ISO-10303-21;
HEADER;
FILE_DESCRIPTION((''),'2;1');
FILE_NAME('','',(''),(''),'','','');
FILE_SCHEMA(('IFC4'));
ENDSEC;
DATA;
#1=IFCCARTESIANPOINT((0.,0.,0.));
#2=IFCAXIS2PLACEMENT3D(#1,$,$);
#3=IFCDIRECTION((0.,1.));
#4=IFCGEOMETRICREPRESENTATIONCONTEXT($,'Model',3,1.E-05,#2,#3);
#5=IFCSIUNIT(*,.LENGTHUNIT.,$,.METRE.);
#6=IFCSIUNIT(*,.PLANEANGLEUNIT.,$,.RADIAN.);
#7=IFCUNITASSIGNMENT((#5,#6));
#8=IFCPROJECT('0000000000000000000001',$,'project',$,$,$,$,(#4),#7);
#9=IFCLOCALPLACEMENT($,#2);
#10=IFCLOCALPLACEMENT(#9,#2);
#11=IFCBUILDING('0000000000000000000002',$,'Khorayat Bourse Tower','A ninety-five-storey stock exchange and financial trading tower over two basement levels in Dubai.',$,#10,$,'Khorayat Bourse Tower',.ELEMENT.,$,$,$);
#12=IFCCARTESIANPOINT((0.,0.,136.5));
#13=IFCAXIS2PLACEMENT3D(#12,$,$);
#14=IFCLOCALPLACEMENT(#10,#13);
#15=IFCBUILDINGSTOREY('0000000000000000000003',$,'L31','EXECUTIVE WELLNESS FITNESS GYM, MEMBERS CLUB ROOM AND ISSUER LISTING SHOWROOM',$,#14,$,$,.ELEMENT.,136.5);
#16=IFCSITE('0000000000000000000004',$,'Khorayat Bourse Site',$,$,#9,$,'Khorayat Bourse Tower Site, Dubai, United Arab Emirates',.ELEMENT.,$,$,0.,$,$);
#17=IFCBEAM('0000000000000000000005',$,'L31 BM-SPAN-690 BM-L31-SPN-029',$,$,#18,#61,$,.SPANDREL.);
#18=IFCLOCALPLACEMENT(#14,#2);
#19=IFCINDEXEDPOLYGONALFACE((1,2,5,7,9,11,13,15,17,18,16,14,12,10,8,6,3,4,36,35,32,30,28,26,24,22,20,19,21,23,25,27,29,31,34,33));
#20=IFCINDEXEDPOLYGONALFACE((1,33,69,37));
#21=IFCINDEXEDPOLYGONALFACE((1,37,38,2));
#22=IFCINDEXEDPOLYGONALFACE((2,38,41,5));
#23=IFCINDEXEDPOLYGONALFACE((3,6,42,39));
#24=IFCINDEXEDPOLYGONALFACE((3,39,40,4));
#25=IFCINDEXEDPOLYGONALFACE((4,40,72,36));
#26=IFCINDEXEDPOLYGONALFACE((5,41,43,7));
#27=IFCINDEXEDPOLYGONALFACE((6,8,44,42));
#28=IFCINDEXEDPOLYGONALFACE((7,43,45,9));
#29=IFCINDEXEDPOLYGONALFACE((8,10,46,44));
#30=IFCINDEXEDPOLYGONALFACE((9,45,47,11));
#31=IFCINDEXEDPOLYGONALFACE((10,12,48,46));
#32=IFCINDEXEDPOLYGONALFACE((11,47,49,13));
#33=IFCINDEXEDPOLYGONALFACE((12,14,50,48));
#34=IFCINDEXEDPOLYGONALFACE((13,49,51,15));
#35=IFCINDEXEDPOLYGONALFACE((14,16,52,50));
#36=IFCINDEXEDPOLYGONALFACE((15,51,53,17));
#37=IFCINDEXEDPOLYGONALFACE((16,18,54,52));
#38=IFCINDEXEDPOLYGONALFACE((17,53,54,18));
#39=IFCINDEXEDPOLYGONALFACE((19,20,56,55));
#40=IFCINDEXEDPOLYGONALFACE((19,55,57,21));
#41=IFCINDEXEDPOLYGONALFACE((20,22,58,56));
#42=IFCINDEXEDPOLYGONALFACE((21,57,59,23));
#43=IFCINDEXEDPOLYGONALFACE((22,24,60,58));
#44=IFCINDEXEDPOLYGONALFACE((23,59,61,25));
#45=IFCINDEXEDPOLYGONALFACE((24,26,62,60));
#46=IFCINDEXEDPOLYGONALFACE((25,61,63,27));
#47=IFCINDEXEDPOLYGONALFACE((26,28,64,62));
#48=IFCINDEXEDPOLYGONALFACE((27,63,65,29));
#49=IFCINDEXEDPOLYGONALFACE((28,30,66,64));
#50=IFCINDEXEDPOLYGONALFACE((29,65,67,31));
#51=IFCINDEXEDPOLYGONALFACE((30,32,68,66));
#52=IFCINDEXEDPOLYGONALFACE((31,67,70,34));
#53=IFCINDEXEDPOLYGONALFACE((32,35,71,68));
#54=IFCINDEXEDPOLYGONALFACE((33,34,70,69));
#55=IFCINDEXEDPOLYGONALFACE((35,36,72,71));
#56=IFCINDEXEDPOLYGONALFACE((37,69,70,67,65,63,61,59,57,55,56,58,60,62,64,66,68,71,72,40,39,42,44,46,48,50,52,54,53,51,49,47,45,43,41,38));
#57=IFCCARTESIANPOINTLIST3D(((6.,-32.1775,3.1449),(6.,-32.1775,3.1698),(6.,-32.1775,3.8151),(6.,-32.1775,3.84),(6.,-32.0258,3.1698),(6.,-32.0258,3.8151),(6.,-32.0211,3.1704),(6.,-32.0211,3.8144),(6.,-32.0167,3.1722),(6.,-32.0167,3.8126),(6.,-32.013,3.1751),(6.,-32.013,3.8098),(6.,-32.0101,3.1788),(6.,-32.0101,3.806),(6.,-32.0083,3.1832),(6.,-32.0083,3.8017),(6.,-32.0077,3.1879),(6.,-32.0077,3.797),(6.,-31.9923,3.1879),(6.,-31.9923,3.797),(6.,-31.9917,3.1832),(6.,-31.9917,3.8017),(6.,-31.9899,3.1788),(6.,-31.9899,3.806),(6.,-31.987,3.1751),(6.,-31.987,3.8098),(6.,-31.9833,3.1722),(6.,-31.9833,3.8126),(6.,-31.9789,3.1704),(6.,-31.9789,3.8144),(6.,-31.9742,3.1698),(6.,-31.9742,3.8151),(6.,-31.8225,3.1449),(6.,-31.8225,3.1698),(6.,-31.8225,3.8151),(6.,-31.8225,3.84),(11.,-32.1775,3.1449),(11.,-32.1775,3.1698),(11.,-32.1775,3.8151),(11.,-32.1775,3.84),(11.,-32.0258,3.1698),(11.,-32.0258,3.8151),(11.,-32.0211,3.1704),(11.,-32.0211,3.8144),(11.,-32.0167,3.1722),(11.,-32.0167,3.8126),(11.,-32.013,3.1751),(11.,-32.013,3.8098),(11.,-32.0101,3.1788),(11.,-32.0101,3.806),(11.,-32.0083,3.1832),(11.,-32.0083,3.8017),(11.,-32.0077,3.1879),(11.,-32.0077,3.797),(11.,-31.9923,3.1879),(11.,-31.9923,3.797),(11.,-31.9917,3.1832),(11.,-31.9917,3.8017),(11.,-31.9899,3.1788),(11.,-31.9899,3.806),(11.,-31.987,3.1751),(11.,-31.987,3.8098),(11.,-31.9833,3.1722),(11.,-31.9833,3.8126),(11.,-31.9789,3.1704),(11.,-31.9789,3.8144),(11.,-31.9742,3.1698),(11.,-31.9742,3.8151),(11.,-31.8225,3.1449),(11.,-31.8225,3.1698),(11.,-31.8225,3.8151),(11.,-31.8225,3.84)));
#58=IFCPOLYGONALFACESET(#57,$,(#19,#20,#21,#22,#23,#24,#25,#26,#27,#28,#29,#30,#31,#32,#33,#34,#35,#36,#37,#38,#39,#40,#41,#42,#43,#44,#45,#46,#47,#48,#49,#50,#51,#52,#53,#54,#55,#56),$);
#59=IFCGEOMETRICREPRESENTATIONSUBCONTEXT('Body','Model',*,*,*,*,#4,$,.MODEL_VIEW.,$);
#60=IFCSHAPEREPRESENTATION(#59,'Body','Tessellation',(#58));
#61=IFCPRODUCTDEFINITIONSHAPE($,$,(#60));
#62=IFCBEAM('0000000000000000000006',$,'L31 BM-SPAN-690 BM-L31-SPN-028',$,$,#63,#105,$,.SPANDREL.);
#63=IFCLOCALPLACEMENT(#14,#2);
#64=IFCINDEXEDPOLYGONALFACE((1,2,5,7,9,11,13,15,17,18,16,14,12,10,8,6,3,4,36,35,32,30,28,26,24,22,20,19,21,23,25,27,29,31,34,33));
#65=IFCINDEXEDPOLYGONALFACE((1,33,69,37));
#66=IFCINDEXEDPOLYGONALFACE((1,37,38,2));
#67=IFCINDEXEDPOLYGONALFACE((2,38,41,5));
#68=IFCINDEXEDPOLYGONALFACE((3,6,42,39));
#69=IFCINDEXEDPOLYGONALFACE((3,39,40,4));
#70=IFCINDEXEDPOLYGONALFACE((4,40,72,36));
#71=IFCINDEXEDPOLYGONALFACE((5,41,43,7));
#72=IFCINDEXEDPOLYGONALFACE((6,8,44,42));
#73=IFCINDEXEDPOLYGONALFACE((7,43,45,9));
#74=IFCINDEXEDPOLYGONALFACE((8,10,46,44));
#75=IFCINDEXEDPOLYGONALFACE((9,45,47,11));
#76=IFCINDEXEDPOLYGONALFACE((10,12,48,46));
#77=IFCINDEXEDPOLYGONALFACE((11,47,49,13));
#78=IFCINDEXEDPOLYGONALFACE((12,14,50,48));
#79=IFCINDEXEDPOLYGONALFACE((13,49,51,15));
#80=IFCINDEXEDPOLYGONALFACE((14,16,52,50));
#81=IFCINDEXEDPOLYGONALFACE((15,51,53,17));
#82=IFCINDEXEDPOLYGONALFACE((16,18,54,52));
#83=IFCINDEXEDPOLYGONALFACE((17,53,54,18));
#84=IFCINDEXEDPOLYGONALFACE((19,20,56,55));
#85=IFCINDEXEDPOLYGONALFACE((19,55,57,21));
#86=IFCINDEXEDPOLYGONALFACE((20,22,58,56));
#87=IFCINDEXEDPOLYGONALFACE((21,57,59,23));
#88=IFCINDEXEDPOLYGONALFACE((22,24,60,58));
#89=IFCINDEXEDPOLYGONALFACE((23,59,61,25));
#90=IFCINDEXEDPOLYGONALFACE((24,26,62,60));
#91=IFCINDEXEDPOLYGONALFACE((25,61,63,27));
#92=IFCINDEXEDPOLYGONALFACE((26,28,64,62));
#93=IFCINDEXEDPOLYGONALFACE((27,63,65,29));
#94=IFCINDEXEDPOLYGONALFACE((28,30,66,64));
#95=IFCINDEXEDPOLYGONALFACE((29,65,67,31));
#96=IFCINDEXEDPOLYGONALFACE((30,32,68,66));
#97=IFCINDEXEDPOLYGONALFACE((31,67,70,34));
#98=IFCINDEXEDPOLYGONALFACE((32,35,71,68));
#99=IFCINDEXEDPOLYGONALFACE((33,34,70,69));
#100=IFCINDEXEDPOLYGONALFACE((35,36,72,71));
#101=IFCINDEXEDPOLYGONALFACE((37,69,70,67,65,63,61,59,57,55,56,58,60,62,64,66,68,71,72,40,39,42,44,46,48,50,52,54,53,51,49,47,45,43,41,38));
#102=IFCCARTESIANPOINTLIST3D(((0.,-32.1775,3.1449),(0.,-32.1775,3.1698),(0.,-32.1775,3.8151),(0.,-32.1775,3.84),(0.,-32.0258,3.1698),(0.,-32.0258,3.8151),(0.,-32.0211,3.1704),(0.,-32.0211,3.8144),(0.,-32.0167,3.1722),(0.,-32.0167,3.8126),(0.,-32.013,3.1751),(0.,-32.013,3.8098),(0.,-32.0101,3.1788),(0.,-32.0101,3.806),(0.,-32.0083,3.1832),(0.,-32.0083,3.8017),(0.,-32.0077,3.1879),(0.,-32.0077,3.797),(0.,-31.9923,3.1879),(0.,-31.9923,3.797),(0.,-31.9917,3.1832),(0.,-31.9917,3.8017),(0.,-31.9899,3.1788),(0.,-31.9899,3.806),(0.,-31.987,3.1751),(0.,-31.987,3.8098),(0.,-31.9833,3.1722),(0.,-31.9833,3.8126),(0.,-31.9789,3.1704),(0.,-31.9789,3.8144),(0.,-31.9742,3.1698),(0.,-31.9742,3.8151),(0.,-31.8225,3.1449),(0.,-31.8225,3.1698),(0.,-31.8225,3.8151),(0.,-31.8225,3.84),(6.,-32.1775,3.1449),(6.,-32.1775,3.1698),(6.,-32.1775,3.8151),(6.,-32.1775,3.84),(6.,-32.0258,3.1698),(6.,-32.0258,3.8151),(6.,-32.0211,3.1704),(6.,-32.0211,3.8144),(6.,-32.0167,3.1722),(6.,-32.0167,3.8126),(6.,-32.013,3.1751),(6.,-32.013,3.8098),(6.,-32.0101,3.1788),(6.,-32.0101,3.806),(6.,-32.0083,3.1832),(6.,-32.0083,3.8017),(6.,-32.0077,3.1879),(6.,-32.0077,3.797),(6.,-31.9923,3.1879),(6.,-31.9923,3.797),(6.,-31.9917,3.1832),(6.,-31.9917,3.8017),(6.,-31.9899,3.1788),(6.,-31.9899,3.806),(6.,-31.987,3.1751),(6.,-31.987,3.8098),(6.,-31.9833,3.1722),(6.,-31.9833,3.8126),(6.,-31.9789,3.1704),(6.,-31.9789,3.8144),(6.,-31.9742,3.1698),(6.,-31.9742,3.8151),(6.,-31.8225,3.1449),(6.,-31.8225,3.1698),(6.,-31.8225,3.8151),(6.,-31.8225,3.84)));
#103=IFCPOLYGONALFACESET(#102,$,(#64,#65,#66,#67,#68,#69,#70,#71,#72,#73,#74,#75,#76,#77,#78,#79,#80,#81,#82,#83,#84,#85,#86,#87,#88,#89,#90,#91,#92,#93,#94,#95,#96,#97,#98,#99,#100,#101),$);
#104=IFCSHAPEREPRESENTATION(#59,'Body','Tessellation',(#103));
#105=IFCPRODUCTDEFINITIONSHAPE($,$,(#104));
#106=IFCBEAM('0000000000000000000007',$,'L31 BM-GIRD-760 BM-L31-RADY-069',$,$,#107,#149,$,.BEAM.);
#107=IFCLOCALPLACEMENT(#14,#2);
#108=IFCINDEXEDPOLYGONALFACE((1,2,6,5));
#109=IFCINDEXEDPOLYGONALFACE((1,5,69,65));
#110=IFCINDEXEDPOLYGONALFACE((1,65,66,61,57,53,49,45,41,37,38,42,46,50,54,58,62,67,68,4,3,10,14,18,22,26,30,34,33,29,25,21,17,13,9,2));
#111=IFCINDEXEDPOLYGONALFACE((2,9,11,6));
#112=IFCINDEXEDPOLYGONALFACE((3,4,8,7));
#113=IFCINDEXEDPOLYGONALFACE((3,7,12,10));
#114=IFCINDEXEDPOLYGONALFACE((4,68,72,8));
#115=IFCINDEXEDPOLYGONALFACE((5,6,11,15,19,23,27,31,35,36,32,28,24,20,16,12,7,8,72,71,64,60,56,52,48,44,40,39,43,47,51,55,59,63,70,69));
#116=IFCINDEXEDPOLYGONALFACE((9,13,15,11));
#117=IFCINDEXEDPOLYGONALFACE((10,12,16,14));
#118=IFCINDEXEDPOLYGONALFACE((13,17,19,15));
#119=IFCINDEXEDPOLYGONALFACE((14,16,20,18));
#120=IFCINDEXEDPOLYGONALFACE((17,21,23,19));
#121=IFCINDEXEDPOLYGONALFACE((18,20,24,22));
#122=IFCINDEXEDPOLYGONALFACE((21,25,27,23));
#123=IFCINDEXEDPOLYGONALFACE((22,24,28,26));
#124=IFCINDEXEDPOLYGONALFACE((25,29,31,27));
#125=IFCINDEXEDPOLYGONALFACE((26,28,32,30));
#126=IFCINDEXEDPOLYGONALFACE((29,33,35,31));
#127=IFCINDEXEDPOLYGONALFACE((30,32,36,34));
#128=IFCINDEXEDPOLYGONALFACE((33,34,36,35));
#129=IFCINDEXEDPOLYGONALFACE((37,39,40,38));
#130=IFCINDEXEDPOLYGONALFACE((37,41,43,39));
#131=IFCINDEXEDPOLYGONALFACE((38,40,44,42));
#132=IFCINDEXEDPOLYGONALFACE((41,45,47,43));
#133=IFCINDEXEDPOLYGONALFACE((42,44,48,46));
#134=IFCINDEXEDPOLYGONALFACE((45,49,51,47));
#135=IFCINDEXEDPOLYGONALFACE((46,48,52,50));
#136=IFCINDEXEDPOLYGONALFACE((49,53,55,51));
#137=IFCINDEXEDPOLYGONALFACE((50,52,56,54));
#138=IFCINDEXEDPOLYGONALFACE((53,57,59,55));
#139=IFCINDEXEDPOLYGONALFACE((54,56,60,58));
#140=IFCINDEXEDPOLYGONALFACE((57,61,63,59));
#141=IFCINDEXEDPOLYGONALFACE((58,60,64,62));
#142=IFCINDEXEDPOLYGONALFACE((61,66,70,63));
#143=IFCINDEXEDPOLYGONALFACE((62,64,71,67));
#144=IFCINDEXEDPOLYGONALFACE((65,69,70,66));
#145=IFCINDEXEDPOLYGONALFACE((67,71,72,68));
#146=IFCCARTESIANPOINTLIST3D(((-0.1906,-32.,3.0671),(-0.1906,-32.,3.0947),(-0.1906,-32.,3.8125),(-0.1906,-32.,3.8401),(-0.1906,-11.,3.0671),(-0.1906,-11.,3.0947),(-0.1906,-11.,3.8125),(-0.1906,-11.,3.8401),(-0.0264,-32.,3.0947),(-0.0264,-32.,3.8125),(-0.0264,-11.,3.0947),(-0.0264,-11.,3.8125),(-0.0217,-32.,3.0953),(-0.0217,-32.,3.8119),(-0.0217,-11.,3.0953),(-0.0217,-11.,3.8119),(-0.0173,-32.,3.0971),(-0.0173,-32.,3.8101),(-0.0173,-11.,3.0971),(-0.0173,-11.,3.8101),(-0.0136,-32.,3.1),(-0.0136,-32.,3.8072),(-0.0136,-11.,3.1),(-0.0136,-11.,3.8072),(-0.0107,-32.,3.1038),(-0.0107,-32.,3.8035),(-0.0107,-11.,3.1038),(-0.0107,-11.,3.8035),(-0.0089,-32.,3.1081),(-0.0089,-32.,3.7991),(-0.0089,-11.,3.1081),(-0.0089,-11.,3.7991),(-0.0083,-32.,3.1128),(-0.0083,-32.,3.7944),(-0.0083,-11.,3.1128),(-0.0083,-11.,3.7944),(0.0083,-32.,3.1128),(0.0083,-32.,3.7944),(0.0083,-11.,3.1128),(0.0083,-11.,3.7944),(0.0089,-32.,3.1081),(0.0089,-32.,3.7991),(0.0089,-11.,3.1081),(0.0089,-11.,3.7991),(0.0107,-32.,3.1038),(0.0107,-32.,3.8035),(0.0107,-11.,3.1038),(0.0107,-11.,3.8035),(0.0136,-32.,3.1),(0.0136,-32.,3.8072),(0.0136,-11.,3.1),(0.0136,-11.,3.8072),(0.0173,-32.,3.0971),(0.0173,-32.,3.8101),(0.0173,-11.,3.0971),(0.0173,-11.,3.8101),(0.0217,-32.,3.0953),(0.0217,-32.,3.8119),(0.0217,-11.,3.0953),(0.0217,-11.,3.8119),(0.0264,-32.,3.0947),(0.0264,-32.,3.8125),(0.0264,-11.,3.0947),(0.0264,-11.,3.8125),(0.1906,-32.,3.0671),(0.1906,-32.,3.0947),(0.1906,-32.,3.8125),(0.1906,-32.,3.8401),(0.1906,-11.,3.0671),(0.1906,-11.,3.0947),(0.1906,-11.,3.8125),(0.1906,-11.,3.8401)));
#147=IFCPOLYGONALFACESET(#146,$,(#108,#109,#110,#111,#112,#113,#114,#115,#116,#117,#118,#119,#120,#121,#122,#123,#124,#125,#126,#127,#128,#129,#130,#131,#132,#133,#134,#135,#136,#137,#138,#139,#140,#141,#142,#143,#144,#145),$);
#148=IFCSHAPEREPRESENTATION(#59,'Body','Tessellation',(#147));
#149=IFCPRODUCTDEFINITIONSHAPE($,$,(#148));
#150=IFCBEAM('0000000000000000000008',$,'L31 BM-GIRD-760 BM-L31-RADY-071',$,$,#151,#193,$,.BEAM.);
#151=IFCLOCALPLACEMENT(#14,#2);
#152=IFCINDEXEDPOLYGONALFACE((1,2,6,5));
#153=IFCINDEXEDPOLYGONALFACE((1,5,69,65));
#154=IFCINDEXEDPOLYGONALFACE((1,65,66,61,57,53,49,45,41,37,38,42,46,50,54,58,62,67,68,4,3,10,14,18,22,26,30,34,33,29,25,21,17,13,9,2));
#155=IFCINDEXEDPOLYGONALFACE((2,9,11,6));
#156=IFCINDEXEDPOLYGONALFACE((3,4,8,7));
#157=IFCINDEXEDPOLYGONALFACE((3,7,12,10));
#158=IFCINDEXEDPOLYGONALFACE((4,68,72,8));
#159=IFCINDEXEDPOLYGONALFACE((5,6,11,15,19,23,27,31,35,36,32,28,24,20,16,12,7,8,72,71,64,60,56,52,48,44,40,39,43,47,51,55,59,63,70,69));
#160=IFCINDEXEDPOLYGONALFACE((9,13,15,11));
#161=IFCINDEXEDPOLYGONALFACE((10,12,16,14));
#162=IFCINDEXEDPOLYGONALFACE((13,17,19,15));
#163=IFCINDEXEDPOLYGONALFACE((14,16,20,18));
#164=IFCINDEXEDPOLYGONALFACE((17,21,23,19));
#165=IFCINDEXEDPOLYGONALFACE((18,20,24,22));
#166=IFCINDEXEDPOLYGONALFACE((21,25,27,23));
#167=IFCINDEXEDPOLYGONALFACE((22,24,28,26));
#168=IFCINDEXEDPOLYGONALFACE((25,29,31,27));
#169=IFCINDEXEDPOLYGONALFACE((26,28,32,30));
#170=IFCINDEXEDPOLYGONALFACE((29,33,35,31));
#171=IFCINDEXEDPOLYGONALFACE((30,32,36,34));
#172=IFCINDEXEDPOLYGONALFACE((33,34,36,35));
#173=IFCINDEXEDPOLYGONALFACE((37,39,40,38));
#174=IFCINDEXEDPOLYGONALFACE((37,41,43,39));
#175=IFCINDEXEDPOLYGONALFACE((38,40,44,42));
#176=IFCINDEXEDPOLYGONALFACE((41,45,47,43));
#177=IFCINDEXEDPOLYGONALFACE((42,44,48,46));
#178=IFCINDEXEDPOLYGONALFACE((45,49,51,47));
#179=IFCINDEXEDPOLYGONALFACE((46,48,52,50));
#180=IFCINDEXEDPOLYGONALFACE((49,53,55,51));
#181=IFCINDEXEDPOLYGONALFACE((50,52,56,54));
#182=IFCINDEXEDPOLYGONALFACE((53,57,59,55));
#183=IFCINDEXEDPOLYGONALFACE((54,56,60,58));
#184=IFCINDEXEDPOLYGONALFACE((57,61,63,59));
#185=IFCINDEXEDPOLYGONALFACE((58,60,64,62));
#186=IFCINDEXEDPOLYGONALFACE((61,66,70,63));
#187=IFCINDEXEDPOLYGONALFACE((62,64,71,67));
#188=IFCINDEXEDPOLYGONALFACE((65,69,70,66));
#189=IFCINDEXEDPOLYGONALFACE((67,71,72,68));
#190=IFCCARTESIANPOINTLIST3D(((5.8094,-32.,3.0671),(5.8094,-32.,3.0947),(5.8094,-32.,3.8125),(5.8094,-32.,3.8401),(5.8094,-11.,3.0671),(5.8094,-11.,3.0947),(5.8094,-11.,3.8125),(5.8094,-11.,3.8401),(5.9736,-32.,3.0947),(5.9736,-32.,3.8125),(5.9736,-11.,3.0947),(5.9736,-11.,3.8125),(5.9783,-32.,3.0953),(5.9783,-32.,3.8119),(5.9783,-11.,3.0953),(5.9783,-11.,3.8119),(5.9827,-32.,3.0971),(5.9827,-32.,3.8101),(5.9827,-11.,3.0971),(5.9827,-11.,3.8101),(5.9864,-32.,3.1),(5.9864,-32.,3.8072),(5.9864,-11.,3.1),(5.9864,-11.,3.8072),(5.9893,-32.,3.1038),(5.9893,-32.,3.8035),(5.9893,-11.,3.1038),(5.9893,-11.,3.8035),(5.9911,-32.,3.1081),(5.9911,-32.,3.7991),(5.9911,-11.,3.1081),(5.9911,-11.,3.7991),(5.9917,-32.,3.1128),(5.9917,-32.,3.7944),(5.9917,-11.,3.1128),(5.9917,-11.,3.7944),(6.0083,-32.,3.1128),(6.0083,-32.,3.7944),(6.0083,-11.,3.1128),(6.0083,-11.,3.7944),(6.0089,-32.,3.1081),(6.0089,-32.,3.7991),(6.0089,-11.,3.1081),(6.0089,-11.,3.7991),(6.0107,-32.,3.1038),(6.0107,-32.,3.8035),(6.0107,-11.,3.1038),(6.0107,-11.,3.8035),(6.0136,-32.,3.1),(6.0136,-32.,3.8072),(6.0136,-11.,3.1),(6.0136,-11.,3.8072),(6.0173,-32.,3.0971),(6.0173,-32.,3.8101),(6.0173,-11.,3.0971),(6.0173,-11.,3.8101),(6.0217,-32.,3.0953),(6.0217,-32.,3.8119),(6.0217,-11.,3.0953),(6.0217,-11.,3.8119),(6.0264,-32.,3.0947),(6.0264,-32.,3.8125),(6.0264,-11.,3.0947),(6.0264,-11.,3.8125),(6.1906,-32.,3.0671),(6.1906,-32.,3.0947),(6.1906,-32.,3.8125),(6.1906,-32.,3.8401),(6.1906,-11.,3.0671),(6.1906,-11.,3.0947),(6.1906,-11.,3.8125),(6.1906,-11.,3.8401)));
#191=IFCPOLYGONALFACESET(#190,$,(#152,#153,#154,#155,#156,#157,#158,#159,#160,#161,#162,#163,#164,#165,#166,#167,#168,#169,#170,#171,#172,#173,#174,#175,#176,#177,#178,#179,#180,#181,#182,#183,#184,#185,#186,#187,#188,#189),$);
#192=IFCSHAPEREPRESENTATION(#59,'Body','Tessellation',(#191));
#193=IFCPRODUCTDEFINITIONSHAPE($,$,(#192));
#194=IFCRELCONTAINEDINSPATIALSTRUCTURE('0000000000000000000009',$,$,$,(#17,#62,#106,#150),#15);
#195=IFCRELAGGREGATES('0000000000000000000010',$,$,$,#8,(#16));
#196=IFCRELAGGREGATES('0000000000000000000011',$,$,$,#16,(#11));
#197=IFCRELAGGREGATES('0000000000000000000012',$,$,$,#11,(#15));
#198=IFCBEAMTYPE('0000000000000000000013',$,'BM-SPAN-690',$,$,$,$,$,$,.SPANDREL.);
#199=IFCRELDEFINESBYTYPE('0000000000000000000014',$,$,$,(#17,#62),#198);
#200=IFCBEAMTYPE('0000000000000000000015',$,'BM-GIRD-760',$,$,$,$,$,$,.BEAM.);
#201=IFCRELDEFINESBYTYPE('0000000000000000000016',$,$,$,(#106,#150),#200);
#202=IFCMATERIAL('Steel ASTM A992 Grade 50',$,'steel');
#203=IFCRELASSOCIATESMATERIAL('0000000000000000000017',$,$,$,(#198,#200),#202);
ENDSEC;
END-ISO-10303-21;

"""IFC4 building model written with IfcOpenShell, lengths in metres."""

from ifc_helpers import new_model, si_unit, direction, frame, origin, origin_2d, place, context, subcontext, project, spatial, i_section, extrude, source, transform, mapped, material, material_profile, profile_set, type_object, element, save


model = new_model("IFC4")

# Units and contexts
model_context = context("Model", 3, precision=1e-05, world=origin(), true_north=direction((0.0, 1.0)))
body_context = subcontext(model_context, "Body", "Model", "MODEL_VIEW")
ifc_project = project(units=[si_unit("LENGTHUNIT", "METRE"), si_unit("PLANEANGLEUNIT", "RADIAN")], contexts=[model_context])

# Site, building, storey
site_placement = place(None, origin())
site = spatial("IfcSite", under=ifc_project, at=site_placement, Name="Khorayat Bourse Site", LongName="Khorayat Bourse Tower Site, Dubai, United Arab Emirates", CompositionType="ELEMENT", RefElevation=0.0)
building_placement = place(site_placement, origin())
building = spatial("IfcBuilding", under=site, at=building_placement, Name="Khorayat Bourse Tower", Description="A ninety-five-storey stock exchange and financial trading tower over two basement levels in Dubai.", LongName="Khorayat Bourse Tower", CompositionType="ELEMENT")
storey_placement = place(building_placement, frame((0.0, 0.0, 136.5)))
storey = spatial("IfcBuildingStorey", under=building, at=storey_placement, Name="L31", Description="EXECUTIVE WELLNESS FITNESS GYM, MEMBERS CLUB ROOM AND ISSUER LISTING SHOWROOM", CompositionType="ELEMENT", Elevation=136.5)

# Beams
ifc_material_1 = material(Name="Steel ASTM A992 Grade 50", Category="steel")
ifc_material_profile_1 = material_profile(ifc_material_1, i_section(OverallWidth=0.355, OverallDepth=0.6951, WebThickness=0.0154, FlangeThickness=0.0249, FilletRadius=0.0181, at=origin_2d()), Name="W690X217")
ifc_profile_set_1 = profile_set([ifc_material_profile_1], Name="Steel ASTM A992 Grade 50")
beam_type_1 = type_object("IfcBeamType", Name="BM-SPAN-690", PredefinedType="SPANDREL", material=ifc_profile_set_1)
shared_shape_1 = source(origin(), body_context, "Body", "SweptSolid", [
    extrude(i_section(OverallWidth=0.355, OverallDepth=0.6951, WebThickness=0.0154, FlangeThickness=0.0249, FilletRadius=0.0181, at=origin_2d()), origin(), (0.0, 0.0, 1.0), 5.0),
])
beam_1_placement = place(storey_placement, frame((6.0, -32.0, 3.4924), z_axis=(1.0, 0.0, 0.0), x_axis=(0.0, 1.0, 0.0)))
element("IfcBeam", 1, at=beam_1_placement, inside=storey, type_object=beam_type_1, Name="L31 BM-SPAN-690 BM-L31-SPN-029", PredefinedType="SPANDREL", context=body_context, shape_type="MappedRepresentation", body=[
    mapped(shared_shape_1, transform((0.0, 0.0, 0.0), scale=1.0)),
])
shared_shape_2 = source(origin(), body_context, "Body", "SweptSolid", [
    extrude(i_section(OverallWidth=0.355, OverallDepth=0.6951, WebThickness=0.0154, FlangeThickness=0.0249, FilletRadius=0.0181, at=origin_2d()), origin(), (0.0, 0.0, 1.0), 6.0),
])
beam_2_placement = place(storey_placement, frame((0.0, -32.0, 3.4924), z_axis=(1.0, 0.0, 0.0), x_axis=(0.0, 1.0, 0.0)))
element("IfcBeam", 2, at=beam_2_placement, inside=storey, type_object=beam_type_1, Name="L31 BM-SPAN-690 BM-L31-SPN-028", PredefinedType="SPANDREL", context=body_context, shape_type="MappedRepresentation", body=[
    mapped(shared_shape_2, transform((0.0, 0.0, 0.0), scale=1.0)),
])
ifc_material_profile_2 = material_profile(ifc_material_1, i_section(OverallWidth=0.3811, OverallDepth=0.7729, WebThickness=0.0166, FlangeThickness=0.0276, FilletRadius=0.0181, at=origin_2d()), Name="W760X257")
ifc_profile_set_2 = profile_set([ifc_material_profile_2], Name="Steel ASTM A992 Grade 50")
beam_type_2 = type_object("IfcBeamType", Name="BM-GIRD-760", PredefinedType="BEAM", material=ifc_profile_set_2)
shared_shape_3 = source(origin(), body_context, "Body", "SweptSolid", [
    extrude(i_section(OverallWidth=0.3811, OverallDepth=0.7729, WebThickness=0.0166, FlangeThickness=0.0276, FilletRadius=0.0181, at=origin_2d()), origin(), (0.0, 0.0, 1.0), 21.0),
])
for number, where, z_axis, x_axis, name in (
    (3, (0.0, -32.0, 3.4536), (0.0, 1.0, 0.0), (-1.0, 0.0, 0.0), "L31 BM-GIRD-760 BM-L31-RADY-069"),
    (4, (6.0, -32.0, 3.4536), (0.0, 1.0, 0.0), (-1.0, 0.0, 0.0), "L31 BM-GIRD-760 BM-L31-RADY-071"),
):
    element("IfcBeam", number, at=place(storey_placement, frame(where, z_axis=z_axis, x_axis=x_axis)), inside=storey, type_object=beam_type_2, Name=name, PredefinedType="BEAM", context=body_context, shape_type="MappedRepresentation", body=[
        mapped(shared_shape_3, transform((0.0, 0.0, 0.0), scale=1.0)),
    ])

save(model, "model.ifc")
